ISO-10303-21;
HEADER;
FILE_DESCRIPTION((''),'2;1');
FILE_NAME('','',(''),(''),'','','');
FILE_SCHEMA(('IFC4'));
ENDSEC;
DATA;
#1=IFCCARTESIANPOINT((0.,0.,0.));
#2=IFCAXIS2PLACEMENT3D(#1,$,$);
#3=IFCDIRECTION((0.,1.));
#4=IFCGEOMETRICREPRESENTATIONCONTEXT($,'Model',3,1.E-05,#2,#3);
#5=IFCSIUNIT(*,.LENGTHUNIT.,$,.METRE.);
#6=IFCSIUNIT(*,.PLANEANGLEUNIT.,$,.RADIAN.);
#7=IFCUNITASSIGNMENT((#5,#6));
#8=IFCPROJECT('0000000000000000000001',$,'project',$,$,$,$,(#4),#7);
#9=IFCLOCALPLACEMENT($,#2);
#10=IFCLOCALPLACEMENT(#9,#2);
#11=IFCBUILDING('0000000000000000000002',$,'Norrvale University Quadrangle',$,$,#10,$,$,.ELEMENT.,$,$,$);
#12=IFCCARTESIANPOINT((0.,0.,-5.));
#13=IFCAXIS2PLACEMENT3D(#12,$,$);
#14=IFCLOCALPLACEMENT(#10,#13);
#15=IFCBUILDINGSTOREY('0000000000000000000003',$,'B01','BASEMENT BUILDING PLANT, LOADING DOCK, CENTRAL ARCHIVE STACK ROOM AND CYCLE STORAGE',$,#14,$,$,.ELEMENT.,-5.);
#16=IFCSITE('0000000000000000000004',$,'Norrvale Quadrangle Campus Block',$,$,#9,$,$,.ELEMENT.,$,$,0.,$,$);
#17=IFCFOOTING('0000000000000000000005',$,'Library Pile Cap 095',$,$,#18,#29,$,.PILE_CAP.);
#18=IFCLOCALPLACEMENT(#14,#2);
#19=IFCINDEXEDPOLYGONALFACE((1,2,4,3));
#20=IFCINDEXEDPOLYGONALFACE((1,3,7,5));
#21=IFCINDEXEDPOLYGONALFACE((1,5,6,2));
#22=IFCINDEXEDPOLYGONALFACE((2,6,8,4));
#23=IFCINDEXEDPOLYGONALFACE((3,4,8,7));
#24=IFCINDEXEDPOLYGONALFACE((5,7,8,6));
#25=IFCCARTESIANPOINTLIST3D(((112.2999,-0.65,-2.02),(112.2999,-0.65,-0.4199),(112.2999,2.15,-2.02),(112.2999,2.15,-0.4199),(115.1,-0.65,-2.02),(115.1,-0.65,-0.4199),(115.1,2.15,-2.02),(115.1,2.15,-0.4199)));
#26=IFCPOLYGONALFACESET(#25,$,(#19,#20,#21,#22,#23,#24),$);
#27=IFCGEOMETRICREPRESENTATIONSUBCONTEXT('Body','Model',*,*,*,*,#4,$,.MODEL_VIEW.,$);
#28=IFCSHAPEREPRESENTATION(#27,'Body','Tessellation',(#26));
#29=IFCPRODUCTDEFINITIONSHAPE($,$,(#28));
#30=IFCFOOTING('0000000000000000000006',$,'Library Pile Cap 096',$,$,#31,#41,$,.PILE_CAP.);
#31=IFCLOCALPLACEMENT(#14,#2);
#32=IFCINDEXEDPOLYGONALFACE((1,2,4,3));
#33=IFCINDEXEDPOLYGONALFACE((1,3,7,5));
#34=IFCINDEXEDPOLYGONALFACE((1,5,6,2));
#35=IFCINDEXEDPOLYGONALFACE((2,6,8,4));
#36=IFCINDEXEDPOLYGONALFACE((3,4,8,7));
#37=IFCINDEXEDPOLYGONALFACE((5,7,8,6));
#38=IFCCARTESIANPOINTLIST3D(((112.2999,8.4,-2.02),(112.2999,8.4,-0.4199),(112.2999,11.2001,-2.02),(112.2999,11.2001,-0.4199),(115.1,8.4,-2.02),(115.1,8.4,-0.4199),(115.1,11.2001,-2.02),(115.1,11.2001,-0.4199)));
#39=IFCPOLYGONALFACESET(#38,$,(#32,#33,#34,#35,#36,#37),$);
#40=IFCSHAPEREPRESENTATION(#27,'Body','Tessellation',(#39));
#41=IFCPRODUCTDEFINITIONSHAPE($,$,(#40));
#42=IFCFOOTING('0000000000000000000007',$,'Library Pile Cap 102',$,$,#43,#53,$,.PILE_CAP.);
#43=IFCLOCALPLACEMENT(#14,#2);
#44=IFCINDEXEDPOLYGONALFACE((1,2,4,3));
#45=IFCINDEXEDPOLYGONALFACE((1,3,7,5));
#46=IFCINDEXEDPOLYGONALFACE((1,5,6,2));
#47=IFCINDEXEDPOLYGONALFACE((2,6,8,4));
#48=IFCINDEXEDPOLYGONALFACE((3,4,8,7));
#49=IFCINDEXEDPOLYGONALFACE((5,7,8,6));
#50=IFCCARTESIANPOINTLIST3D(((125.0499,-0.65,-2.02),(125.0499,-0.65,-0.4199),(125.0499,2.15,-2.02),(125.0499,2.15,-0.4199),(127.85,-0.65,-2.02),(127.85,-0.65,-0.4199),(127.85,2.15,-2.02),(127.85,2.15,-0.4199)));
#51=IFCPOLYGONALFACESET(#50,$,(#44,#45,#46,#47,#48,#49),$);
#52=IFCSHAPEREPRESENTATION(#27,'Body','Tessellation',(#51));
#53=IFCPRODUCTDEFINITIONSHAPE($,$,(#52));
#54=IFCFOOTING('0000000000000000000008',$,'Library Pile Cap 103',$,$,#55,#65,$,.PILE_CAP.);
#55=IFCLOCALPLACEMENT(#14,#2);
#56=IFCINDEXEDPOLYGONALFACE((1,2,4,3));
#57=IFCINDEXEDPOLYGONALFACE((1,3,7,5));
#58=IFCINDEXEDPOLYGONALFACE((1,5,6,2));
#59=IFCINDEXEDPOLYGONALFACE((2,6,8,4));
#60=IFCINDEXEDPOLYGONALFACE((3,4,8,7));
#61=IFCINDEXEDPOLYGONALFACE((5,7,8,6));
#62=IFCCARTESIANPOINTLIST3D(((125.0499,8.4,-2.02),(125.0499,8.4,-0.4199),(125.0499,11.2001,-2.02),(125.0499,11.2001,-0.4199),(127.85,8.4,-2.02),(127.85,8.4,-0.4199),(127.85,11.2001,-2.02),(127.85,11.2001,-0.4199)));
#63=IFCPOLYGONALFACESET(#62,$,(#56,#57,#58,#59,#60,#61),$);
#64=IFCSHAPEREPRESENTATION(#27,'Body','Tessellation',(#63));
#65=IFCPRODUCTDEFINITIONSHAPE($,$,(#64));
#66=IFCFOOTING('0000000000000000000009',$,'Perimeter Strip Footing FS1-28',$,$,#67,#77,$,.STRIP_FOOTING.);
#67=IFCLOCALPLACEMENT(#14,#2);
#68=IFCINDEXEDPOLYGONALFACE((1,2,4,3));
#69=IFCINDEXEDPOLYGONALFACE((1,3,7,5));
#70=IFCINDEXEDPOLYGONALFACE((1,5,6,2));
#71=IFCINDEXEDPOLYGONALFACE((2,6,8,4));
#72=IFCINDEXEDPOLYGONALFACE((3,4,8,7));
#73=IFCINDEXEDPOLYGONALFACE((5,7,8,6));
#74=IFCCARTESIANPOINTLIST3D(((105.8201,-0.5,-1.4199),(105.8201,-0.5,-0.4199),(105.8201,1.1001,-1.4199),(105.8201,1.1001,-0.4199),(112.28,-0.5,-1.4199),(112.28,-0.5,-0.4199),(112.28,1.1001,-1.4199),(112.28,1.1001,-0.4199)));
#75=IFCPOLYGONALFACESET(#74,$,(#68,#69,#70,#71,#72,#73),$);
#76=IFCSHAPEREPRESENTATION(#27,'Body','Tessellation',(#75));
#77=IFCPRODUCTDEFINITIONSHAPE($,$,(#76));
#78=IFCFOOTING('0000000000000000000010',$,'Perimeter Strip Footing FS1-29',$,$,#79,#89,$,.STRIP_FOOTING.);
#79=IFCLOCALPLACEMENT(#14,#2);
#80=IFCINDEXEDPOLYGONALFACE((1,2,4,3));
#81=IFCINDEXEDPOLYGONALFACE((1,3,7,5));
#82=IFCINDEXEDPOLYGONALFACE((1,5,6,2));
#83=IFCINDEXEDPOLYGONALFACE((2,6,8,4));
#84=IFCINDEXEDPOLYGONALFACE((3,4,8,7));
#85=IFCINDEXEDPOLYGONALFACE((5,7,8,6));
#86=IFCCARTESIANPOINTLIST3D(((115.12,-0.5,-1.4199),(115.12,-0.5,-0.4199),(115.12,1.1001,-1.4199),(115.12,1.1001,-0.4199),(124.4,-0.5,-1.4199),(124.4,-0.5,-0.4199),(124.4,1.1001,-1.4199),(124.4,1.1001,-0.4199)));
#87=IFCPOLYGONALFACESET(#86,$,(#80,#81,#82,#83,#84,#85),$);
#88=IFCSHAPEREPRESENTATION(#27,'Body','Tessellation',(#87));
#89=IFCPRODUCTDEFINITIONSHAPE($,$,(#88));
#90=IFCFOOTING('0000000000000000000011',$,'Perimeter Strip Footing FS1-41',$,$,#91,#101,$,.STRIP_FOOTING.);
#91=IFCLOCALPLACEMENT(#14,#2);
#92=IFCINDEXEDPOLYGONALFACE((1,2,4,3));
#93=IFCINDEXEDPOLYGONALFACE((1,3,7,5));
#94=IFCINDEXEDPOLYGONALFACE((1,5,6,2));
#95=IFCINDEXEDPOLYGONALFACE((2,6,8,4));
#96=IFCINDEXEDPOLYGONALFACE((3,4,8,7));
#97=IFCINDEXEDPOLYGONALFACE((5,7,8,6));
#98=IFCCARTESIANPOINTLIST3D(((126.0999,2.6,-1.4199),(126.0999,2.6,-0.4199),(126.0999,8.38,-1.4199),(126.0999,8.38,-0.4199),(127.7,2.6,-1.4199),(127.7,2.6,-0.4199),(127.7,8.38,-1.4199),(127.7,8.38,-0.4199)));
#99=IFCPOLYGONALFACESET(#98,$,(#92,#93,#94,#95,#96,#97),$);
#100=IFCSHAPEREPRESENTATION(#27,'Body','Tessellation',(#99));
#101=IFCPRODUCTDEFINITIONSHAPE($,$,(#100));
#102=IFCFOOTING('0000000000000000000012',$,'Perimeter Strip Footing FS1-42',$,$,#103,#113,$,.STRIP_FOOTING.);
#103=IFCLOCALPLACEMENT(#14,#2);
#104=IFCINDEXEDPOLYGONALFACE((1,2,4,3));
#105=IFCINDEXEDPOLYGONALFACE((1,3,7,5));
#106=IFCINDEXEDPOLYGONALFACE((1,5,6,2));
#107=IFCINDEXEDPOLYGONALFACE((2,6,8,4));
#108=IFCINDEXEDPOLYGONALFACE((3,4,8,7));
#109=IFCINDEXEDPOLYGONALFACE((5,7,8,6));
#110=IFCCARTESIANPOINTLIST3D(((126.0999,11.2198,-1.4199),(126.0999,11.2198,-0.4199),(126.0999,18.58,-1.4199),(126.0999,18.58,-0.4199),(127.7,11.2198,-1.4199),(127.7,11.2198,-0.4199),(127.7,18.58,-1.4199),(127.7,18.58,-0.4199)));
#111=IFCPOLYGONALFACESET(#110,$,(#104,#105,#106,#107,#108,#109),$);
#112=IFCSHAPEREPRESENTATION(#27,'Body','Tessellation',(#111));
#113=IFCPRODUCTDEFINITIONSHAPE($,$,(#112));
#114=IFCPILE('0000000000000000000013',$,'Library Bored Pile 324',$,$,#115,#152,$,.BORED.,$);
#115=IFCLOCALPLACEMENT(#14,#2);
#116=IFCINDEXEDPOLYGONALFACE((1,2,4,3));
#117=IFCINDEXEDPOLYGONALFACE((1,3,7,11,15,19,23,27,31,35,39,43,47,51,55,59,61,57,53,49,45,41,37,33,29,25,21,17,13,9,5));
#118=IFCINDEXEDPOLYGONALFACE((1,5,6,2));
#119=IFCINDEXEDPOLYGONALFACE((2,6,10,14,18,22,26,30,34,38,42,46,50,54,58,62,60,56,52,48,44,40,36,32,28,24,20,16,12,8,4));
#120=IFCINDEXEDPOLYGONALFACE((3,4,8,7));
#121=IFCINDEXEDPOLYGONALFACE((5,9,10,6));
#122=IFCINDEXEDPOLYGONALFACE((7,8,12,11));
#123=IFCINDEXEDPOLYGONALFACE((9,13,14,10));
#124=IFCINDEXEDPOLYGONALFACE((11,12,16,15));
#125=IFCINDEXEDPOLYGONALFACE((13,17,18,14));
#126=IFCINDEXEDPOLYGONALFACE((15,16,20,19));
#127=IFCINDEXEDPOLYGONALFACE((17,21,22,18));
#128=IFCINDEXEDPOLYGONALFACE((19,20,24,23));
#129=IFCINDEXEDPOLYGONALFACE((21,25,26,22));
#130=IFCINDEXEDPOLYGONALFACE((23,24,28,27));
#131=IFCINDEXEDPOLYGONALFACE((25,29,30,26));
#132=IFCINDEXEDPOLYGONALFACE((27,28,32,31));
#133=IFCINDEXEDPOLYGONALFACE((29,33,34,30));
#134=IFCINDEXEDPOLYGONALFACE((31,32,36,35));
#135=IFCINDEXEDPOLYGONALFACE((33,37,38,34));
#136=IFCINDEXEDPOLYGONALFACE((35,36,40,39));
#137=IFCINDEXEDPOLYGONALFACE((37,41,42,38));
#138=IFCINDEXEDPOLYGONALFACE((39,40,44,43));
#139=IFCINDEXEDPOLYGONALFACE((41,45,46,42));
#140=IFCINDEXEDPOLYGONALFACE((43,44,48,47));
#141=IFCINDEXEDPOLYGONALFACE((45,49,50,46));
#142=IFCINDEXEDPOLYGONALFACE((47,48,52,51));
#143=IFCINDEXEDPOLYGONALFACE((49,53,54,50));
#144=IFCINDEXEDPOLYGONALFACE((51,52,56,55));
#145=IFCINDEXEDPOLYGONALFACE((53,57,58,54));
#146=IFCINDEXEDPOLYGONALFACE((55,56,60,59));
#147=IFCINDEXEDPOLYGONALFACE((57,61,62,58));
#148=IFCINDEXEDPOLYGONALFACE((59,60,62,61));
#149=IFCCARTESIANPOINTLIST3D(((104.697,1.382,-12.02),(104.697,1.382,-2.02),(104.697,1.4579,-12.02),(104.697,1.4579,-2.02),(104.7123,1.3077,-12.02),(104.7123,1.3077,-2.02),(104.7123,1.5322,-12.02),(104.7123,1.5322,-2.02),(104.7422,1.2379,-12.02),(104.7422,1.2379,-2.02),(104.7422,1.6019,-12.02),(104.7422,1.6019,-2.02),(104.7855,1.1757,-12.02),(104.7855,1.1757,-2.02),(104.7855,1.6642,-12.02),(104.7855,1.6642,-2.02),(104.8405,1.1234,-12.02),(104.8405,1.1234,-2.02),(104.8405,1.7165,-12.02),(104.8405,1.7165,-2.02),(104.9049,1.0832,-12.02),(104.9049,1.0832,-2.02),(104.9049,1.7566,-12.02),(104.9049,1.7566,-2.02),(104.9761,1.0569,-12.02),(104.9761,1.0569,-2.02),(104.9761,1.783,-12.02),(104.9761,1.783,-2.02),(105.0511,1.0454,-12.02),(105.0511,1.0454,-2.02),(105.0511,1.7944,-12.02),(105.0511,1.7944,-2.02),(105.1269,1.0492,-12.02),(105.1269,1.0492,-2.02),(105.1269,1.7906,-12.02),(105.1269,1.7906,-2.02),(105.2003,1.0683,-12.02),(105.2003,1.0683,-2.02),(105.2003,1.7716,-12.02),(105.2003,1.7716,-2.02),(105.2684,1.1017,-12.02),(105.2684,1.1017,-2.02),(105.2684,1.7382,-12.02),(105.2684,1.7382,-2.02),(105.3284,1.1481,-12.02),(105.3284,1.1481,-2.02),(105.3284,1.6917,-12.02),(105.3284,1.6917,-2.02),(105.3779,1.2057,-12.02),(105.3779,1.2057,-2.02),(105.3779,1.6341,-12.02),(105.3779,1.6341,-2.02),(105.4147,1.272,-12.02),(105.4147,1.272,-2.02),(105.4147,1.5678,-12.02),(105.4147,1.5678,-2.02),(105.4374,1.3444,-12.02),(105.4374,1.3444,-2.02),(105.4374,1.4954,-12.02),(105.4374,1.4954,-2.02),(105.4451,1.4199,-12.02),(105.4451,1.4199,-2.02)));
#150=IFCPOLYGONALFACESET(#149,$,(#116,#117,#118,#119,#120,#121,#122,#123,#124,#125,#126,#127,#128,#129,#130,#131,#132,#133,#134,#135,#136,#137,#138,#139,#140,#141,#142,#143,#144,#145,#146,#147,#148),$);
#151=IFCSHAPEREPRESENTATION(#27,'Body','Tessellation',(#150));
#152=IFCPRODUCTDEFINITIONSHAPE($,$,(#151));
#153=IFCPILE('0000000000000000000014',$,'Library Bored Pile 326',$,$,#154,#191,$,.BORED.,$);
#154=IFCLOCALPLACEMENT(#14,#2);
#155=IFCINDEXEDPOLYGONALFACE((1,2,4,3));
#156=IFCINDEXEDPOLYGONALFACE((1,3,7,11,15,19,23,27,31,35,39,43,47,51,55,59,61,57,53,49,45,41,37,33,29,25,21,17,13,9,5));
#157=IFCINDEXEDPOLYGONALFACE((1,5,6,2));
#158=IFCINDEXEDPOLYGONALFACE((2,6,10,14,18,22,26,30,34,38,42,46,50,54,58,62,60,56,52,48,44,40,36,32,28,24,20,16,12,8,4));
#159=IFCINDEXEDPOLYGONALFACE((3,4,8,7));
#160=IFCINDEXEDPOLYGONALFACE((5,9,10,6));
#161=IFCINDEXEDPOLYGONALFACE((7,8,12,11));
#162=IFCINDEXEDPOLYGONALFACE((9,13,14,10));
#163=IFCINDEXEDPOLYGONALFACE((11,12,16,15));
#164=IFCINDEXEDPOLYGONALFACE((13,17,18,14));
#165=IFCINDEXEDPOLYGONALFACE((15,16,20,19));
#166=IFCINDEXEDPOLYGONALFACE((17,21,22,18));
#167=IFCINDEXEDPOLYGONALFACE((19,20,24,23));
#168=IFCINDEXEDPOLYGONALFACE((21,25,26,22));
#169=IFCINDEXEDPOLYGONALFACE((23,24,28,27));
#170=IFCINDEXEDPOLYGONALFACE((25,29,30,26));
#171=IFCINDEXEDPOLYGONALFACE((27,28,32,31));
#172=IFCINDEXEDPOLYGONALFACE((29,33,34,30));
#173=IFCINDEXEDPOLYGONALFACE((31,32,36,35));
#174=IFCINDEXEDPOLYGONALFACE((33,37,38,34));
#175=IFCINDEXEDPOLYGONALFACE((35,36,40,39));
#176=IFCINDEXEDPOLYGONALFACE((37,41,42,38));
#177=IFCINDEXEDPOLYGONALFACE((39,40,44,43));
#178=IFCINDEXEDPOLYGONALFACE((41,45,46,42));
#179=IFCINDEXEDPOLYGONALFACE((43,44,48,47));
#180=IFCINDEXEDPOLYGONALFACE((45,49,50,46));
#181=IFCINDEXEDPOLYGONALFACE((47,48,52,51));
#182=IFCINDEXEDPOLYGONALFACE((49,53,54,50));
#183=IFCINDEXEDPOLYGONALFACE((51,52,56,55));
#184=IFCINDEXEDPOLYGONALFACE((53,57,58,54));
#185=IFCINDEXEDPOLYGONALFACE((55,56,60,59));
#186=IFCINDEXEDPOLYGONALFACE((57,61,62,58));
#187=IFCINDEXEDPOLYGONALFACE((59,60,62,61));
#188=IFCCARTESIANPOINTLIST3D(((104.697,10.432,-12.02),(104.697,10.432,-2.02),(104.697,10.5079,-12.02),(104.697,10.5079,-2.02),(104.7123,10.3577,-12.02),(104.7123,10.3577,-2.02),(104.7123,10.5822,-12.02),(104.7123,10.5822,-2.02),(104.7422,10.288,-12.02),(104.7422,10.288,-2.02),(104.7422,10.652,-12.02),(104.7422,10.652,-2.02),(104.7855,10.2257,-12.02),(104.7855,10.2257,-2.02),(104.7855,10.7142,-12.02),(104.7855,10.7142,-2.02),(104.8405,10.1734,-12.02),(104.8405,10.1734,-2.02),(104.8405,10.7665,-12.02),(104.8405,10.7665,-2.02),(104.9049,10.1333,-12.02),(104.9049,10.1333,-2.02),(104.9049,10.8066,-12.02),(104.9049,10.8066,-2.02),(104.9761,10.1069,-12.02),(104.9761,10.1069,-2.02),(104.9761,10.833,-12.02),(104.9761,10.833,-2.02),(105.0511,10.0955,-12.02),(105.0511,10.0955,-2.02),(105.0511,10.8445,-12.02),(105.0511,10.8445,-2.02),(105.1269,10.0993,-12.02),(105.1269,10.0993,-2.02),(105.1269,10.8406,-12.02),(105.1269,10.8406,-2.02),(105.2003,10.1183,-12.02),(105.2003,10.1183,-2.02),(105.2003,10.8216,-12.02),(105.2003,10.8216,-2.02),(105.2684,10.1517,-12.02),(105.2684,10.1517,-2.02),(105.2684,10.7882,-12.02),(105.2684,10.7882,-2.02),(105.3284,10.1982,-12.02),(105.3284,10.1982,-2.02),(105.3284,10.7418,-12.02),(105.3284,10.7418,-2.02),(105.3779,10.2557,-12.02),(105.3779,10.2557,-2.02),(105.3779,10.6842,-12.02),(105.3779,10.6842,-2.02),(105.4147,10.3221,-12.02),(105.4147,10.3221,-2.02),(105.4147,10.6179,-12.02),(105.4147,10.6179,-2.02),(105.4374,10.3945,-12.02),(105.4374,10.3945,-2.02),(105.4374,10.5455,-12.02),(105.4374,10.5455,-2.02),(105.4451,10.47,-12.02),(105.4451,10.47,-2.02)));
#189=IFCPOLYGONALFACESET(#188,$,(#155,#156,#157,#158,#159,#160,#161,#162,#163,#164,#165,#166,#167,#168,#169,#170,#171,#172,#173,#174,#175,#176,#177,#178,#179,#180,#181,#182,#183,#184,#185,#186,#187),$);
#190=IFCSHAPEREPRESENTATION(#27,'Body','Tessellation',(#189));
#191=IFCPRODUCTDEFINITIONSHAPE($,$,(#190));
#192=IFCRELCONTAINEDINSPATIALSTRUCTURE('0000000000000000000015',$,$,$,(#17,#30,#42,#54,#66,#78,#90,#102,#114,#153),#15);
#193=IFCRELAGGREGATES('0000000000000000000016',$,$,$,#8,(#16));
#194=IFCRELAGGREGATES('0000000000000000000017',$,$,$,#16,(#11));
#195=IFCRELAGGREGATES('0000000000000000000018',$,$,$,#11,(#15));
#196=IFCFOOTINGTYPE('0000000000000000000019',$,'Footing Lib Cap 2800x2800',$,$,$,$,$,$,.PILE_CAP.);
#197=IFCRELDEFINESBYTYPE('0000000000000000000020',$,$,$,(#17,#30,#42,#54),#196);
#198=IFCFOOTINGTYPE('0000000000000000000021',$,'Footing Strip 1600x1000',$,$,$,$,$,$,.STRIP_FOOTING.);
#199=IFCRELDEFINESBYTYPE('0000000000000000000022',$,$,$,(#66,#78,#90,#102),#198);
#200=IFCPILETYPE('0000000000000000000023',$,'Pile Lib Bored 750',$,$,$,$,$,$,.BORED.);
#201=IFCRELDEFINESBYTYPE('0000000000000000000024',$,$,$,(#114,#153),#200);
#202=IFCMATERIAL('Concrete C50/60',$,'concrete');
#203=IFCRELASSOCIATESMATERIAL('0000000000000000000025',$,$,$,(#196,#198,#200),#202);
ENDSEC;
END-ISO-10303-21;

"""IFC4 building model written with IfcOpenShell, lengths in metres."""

from ifc_helpers import new_model, si_unit, direction, frame, origin, origin_2d, place, context, subcontext, project, spatial, rectangle, circle, extrude, material, material_profile, profile_set, type_object, element, save


model = new_model("IFC4")

# Units and contexts
model_context = context("Model", 3, precision=1e-05, world=origin(), true_north=direction((0.0, 1.0)))
body_context = subcontext(model_context, "Body", "Model", "MODEL_VIEW")
ifc_project = project(units=[si_unit("LENGTHUNIT", "METRE"), si_unit("PLANEANGLEUNIT", "RADIAN")], contexts=[model_context])

# Site, building, storey
site_placement = place(None, origin())
site = spatial("IfcSite", under=ifc_project, at=site_placement, Name="Norrvale Quadrangle Campus Block", CompositionType="ELEMENT", RefElevation=0.0)
building_placement = place(site_placement, origin())
building = spatial("IfcBuilding", under=site, at=building_placement, Name="Norrvale University Quadrangle", CompositionType="ELEMENT")
storey_placement = place(building_placement, frame((0.0, 0.0, -5.0)))
storey = spatial("IfcBuildingStorey", under=building, at=storey_placement, Name="B01", Description="BASEMENT BUILDING PLANT, LOADING DOCK, CENTRAL ARCHIVE STACK ROOM AND CYCLE STORAGE", CompositionType="ELEMENT", Elevation=-5.0)

# Footings
ifc_material_1 = material(Name="Concrete C50/60", Category="concrete")
footing_type_1 = type_object("IfcFootingType", Name="Footing Lib Cap 2800x2800", PredefinedType="PILE_CAP", material=ifc_material_1)
for number, where, z_axis, x_axis, name in (
    (1, (113.7, 0.75, -2.02), (0.0, 0.0, 1.0), (1.0, 0.0, 0.0), "Library Pile Cap 095"),
    (2, (113.7, 9.8, -2.02), (0.0, 0.0, 1.0), (1.0, 0.0, 0.0), "Library Pile Cap 096"),
    (3, (126.45, 0.75, -2.02), (0.0, 0.0, 1.0), (1.0, 0.0, 0.0), "Library Pile Cap 102"),
    (4, (126.45, 9.8, -2.02), (0.0, 0.0, 1.0), (1.0, 0.0, 0.0), "Library Pile Cap 103"),
):
    element("IfcFooting", number, at=place(storey_placement, frame(where, z_axis=z_axis, x_axis=x_axis)), inside=storey, type_object=footing_type_1, Name=name, PredefinedType="PILE_CAP", context=body_context, shape_type="SweptSolid", body=[
        extrude(rectangle(XDim=2.8, YDim=2.8, at=origin_2d()), origin(), (0.0, 0.0, 1.0), 1.6001),
    ])
footing_type_2 = type_object("IfcFootingType", Name="Footing Strip 1600x1000", PredefinedType="STRIP_FOOTING", material=ifc_material_1)
footing_1_placement = place(storey_placement, frame((109.05, 0.3, -1.4199), z_axis=(0.0, 0.0, 1.0), x_axis=(1.0, 0.0, 0.0)))
element("IfcFooting", 5, at=footing_1_placement, inside=storey, type_object=footing_type_2, Name="Perimeter Strip Footing FS1-28", PredefinedType="STRIP_FOOTING", context=body_context, shape_type="SweptSolid", body=[
    extrude(rectangle(XDim=6.46, YDim=1.6001, at=origin_2d()), origin(), (0.0, 0.0, 1.0), 1.0),
])
footing_2_placement = place(storey_placement, frame((119.76, 0.3, -1.4199), z_axis=(0.0, 0.0, 1.0), x_axis=(1.0, 0.0, 0.0)))
element("IfcFooting", 6, at=footing_2_placement, inside=storey, type_object=footing_type_2, Name="Perimeter Strip Footing FS1-29", PredefinedType="STRIP_FOOTING", context=body_context, shape_type="SweptSolid", body=[
    extrude(rectangle(XDim=9.28, YDim=1.6001, at=origin_2d()), origin(), (0.0, 0.0, 1.0), 1.0),
])
footing_3_placement = place(storey_placement, frame((126.8999, 5.49, -1.4199), z_axis=(0.0, 0.0, 1.0), x_axis=(0.0, 1.0, 0.0)))
element("IfcFooting", 7, at=footing_3_placement, inside=storey, type_object=footing_type_2, Name="Perimeter Strip Footing FS1-41", PredefinedType="STRIP_FOOTING", context=body_context, shape_type="SweptSolid", body=[
    extrude(rectangle(XDim=5.78, YDim=1.6001, at=origin_2d()), origin(), (0.0, 0.0, 1.0), 1.0),
])
footing_4_placement = place(storey_placement, frame((126.8999, 14.8999, -1.4199), z_axis=(0.0, 0.0, 1.0), x_axis=(0.0, 1.0, 0.0)))
element("IfcFooting", 8, at=footing_4_placement, inside=storey, type_object=footing_type_2, Name="Perimeter Strip Footing FS1-42", PredefinedType="STRIP_FOOTING", context=body_context, shape_type="SweptSolid", body=[
    extrude(rectangle(XDim=7.3601, YDim=1.6001, at=origin_2d()), origin(), (0.0, 0.0, 1.0), 1.0),
])

# Piles
ifc_material_profile_1 = material_profile(ifc_material_1, circle(Radius=0.375, at=origin_2d()), Name="Concrete C50/60")
ifc_profile_set_1 = profile_set([ifc_material_profile_1], Name="Concrete C50/60")
pile_type = type_object("IfcPileType", Name="Pile Lib Bored 750", PredefinedType="BORED", material=ifc_profile_set_1)
for number, where, z_axis, x_axis, name in (
    (9, (105.0701, 1.4199, -2.02), (0.0, 0.0, -1.0), (1.0, 0.0, 0.0), "Library Bored Pile 324"),
    (10, (105.0701, 10.47, -2.02), (0.0, 0.0, -1.0), (1.0, 0.0, 0.0), "Library Bored Pile 326"),
):
    element("IfcPile", number, at=place(storey_placement, frame(where, z_axis=z_axis, x_axis=x_axis)), inside=storey, type_object=pile_type, Name=name, PredefinedType="BORED", context=body_context, shape_type="SweptSolid", body=[
        extrude(circle(Radius=0.375, at=origin_2d()), origin(), (0.0, 0.0, 1.0), 10.0),
    ])

save(model, "model.ifc")
